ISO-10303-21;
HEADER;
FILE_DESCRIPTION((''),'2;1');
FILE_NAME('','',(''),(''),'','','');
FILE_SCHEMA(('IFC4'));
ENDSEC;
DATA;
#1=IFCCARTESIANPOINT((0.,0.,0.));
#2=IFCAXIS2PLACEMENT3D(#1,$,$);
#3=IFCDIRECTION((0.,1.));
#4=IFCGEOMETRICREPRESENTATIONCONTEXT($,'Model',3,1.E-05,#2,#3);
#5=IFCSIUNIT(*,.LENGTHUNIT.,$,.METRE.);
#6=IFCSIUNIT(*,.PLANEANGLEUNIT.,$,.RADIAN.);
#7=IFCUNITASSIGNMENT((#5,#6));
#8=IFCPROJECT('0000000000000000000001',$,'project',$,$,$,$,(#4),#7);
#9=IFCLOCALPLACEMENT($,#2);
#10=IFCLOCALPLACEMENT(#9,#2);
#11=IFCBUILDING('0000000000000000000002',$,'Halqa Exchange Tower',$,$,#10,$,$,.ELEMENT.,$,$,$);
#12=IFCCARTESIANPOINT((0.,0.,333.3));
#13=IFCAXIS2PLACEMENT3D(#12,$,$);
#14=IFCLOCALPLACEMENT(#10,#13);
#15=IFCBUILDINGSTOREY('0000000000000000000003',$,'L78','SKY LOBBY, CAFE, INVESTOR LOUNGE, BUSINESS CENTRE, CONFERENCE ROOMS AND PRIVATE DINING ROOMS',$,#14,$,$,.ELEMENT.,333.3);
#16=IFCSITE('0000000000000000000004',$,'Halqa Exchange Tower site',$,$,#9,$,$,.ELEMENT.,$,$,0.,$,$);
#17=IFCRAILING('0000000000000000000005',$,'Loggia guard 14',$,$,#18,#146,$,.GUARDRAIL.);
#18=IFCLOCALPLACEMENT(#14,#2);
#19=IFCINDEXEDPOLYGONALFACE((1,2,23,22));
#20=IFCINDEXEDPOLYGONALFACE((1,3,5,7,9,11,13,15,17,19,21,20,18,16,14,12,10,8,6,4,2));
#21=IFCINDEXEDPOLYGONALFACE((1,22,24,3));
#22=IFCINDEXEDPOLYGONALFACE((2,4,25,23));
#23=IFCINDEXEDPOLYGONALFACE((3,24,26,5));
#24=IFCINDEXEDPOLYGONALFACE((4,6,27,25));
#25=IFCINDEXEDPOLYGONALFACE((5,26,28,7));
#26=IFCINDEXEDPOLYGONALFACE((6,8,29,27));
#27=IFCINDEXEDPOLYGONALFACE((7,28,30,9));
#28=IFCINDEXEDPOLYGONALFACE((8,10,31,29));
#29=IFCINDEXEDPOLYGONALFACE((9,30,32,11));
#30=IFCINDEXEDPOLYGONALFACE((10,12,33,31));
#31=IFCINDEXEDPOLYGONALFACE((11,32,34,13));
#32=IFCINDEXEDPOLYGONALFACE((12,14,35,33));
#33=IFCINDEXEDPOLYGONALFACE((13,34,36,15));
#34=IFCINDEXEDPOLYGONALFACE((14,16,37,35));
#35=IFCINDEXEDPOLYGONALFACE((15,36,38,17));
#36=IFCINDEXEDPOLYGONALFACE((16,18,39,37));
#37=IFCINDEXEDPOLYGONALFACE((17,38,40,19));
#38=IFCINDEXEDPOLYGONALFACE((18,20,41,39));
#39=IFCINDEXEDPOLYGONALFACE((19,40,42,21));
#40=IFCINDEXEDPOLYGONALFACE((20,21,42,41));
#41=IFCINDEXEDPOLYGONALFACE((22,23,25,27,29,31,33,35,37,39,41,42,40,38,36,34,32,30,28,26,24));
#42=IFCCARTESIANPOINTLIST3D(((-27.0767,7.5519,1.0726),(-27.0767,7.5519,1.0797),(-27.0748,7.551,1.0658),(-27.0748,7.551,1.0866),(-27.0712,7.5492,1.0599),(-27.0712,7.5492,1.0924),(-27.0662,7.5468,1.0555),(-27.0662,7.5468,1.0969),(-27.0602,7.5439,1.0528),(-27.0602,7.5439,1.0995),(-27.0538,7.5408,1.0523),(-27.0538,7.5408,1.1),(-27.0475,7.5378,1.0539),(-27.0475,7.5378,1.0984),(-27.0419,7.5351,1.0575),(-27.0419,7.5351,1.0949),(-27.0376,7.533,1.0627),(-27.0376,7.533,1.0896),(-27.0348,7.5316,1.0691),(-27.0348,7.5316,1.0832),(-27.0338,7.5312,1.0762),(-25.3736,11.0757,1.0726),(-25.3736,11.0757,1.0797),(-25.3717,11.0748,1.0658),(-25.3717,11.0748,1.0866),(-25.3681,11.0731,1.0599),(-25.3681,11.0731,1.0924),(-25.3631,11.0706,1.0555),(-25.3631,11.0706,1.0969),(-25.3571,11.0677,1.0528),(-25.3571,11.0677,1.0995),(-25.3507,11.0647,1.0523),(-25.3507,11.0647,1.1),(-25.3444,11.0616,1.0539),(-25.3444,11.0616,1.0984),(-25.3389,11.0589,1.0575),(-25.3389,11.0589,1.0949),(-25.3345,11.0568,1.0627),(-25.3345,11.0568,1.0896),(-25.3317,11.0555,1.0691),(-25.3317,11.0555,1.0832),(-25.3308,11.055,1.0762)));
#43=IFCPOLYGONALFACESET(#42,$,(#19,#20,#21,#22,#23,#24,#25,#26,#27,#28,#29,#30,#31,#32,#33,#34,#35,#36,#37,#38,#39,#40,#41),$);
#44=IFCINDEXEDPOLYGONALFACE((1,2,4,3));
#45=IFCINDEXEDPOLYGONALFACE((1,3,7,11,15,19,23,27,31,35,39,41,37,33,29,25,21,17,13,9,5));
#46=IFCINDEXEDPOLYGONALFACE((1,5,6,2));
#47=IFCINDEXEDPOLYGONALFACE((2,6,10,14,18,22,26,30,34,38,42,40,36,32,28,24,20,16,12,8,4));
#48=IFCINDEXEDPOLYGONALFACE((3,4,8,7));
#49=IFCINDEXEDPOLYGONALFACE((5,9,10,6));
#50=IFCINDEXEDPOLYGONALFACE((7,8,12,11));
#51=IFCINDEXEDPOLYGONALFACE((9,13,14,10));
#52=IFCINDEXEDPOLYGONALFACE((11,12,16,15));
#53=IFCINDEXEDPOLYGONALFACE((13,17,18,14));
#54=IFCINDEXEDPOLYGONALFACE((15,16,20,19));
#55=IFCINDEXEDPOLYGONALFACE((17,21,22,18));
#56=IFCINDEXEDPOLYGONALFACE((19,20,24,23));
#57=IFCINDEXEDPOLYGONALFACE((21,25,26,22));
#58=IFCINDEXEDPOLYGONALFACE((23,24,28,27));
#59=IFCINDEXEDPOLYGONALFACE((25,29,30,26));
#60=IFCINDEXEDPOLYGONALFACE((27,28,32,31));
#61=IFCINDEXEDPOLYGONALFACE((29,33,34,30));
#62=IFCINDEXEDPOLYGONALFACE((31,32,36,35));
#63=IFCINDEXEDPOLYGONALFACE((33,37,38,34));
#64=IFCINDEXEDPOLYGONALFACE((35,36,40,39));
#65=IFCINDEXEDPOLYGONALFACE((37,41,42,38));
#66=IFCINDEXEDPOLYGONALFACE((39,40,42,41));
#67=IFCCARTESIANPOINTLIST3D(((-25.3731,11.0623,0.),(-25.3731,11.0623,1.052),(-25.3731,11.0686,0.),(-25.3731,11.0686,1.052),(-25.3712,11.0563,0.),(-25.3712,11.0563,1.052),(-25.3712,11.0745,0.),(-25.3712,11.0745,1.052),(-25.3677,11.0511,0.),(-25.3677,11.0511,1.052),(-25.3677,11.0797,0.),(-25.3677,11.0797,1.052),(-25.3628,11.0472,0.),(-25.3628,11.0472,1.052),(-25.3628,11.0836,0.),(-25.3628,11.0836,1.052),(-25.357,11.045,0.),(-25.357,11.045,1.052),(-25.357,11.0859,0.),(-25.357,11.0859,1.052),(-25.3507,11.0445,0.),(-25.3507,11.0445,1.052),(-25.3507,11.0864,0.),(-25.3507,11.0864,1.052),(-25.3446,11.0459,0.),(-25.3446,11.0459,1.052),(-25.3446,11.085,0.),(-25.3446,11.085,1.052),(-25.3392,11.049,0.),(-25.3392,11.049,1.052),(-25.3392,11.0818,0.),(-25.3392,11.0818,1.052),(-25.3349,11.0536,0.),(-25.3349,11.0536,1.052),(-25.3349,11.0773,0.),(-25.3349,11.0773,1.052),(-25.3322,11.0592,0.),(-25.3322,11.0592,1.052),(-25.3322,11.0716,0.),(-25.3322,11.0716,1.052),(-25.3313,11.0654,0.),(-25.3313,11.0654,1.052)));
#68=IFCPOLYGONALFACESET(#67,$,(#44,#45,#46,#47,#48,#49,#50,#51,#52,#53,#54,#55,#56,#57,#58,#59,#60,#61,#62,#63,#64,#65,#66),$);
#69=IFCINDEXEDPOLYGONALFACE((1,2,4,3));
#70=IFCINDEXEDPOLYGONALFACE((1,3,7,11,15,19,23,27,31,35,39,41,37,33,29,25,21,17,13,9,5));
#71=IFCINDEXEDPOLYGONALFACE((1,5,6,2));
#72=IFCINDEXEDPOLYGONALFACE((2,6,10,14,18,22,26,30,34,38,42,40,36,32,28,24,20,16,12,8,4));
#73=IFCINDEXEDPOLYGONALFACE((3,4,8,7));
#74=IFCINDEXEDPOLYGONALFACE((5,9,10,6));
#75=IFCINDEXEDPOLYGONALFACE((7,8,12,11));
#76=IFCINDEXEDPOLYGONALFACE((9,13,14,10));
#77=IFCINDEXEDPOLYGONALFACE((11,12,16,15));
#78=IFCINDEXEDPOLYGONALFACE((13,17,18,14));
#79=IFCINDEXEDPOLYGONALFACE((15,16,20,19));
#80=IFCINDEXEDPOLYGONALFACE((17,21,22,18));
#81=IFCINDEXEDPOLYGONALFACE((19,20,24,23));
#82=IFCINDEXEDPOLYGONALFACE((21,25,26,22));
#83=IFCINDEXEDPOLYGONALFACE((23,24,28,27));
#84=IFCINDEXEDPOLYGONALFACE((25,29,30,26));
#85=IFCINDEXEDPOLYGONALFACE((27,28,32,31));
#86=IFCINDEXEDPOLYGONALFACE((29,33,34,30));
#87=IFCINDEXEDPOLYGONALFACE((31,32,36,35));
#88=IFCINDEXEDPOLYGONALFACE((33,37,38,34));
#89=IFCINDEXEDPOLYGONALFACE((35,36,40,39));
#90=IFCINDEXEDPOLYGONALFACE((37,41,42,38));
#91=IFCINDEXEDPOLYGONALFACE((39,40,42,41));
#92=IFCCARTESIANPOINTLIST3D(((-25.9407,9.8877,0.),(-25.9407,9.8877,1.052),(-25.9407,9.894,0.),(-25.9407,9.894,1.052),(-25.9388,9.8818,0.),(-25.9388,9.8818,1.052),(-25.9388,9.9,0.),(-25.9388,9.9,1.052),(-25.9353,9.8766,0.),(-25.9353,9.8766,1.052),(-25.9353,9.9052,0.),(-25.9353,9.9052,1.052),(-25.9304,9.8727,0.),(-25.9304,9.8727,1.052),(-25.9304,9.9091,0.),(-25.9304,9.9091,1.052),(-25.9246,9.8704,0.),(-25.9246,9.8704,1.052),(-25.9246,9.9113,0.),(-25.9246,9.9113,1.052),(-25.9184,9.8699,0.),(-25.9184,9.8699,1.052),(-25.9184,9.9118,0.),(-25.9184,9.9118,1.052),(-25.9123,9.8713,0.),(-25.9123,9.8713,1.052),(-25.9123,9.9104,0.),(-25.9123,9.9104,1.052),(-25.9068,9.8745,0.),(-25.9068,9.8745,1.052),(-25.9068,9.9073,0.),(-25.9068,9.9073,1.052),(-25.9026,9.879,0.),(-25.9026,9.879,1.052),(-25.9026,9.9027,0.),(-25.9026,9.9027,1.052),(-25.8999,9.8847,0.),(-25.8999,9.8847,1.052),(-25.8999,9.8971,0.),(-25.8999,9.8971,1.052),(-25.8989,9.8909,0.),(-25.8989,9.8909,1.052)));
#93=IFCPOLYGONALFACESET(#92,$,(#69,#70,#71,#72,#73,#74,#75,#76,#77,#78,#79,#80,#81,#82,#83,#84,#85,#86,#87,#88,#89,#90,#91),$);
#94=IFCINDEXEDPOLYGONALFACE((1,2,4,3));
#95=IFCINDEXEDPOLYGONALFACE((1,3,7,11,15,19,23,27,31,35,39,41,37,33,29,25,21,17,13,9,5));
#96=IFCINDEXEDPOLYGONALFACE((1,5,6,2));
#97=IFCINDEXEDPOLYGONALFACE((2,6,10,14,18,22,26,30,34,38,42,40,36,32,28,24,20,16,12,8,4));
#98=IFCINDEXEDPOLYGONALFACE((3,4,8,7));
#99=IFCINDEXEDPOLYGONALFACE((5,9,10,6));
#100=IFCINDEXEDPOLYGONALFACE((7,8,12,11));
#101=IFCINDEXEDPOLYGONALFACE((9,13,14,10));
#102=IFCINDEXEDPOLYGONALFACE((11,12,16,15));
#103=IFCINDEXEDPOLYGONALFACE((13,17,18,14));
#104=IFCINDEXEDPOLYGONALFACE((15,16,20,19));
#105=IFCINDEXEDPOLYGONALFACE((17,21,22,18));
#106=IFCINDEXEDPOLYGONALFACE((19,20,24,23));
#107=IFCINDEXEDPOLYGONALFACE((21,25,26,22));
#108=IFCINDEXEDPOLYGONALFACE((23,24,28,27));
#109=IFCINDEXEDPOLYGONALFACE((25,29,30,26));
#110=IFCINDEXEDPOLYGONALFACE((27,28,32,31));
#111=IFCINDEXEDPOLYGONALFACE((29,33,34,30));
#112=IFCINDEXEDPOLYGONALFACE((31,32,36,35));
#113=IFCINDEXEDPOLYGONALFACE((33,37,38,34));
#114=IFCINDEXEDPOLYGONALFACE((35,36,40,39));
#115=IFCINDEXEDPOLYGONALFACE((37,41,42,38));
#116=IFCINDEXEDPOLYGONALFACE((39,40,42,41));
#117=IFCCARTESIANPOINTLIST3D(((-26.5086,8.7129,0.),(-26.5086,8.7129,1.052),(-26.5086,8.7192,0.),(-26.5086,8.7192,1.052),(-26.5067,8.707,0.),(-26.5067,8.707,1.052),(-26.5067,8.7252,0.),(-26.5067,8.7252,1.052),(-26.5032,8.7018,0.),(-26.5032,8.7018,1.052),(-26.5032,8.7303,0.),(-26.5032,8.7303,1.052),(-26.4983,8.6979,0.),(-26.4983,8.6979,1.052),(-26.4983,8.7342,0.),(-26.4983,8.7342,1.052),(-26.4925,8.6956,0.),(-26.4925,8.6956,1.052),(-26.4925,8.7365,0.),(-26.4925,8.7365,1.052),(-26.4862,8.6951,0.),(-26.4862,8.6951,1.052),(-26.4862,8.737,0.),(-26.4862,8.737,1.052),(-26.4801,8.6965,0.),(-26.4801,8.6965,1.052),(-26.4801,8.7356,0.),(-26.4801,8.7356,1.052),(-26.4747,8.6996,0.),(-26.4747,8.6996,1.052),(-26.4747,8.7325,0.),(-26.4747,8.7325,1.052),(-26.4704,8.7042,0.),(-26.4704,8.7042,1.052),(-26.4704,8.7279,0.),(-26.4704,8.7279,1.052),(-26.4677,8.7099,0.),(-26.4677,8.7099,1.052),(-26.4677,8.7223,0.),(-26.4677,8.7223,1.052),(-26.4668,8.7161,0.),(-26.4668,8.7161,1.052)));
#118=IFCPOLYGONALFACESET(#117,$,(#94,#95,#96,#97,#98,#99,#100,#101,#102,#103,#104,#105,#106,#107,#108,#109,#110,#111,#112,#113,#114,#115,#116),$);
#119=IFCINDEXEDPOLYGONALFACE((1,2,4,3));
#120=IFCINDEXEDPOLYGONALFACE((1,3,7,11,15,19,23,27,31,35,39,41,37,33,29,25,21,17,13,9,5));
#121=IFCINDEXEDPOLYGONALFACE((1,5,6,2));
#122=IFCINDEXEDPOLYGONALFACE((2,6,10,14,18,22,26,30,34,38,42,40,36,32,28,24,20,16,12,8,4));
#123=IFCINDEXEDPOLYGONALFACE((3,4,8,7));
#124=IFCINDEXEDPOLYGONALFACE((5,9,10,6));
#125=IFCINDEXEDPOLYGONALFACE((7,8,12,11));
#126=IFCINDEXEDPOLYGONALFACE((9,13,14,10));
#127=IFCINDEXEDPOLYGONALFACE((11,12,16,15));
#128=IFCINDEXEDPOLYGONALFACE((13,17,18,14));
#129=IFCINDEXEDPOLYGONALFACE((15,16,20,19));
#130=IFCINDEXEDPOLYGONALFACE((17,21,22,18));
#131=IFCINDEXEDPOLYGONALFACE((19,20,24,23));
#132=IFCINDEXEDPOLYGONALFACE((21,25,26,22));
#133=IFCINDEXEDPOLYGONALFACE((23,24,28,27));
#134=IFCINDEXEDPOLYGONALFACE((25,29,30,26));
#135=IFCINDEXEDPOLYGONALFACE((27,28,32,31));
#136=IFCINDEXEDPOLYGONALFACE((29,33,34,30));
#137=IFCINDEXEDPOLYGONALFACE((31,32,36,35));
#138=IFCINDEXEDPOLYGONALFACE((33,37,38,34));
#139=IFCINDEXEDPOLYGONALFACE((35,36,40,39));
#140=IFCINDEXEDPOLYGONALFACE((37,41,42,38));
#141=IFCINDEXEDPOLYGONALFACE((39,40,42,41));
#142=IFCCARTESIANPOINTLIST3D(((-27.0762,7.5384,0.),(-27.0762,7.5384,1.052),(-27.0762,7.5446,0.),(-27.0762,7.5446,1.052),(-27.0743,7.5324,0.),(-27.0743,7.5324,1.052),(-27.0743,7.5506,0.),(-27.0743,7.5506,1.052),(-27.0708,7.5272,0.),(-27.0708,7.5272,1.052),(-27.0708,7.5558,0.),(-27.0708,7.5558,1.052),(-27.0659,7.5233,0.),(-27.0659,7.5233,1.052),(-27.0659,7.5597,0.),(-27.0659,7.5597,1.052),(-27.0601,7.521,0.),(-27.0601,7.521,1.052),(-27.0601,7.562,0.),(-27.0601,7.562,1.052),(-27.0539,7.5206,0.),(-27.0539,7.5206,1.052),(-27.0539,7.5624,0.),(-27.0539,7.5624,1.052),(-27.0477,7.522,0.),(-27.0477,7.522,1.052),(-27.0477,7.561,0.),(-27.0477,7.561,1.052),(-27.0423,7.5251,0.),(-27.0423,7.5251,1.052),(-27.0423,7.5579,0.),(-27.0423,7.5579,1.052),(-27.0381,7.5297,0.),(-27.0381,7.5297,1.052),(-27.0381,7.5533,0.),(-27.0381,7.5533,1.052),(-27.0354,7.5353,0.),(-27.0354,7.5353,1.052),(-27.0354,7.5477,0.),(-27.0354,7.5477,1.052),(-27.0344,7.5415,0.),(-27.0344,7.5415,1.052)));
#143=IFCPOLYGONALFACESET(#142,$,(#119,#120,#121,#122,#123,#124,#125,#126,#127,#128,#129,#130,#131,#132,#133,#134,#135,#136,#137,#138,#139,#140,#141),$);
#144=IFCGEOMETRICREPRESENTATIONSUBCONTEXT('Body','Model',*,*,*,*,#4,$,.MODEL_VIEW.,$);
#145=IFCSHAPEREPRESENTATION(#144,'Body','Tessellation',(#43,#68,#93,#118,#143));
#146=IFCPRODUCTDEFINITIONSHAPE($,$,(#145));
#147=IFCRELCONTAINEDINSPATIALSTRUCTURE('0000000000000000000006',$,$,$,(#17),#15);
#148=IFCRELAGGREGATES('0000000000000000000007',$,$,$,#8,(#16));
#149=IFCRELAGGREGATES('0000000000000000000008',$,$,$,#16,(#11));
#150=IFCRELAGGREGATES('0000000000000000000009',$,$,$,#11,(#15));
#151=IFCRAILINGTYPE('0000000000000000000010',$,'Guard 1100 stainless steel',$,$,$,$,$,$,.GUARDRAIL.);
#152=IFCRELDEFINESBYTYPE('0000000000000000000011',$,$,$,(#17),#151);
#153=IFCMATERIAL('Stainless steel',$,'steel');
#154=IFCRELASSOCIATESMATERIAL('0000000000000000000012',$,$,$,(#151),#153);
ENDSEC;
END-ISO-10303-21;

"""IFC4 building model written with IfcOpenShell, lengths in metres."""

from ifc_helpers import new_model, si_unit, direction, frame, origin, origin_2d, place, context, subcontext, project, spatial, circle, extrude, material, type_object, element, save


model = new_model("IFC4")

# Units and contexts
model_context = context("Model", 3, precision=1e-05, world=origin(), true_north=direction((0.0, 1.0)))
body_context = subcontext(model_context, "Body", "Model", "MODEL_VIEW")
ifc_project = project(units=[si_unit("LENGTHUNIT", "METRE"), si_unit("PLANEANGLEUNIT", "RADIAN")], contexts=[model_context])

# Site, building, storey
site_placement = place(None, origin())
site = spatial("IfcSite", under=ifc_project, at=site_placement, Name="Halqa Exchange Tower site", CompositionType="ELEMENT", RefElevation=0.0)
building_placement = place(site_placement, origin())
building = spatial("IfcBuilding", under=site, at=building_placement, Name="Halqa Exchange Tower", CompositionType="ELEMENT")
storey_placement = place(building_placement, frame((0.0, 0.0, 333.3)))
storey = spatial("IfcBuildingStorey", under=building, at=storey_placement, Name="L78", Description="SKY LOBBY, CAFE, INVESTOR LOUNGE, BUSINESS CENTRE, CONFERENCE ROOMS AND PRIVATE DINING ROOMS", CompositionType="ELEMENT", Elevation=333.3)

# Railing
ifc_material_1 = material(Name="Stainless steel", Category="steel")
railing_type = type_object("IfcRailingType", Name="Guard 1100 stainless steel", PredefinedType="GUARDRAIL", material=ifc_material_1)
railing_1_placement = place(storey_placement, frame((-25.3523, 11.0654, 0.0)))
element("IfcRailing", 1, at=railing_1_placement, inside=storey, type_object=railing_type, Name="Loggia guard 14", PredefinedType="GUARDRAIL", context=body_context, shape_type="SweptSolid", body=[
    extrude(circle(Radius=0.0239, at=origin_2d()), frame((0.0, 0.0, 1.0762), z_axis=(-0.435147, -0.90036, 0.0), x_axis=(0.90036, -0.435147, 0.0)), (0.0, 0.0, 1.0), 3.9138),
    extrude(circle(Radius=0.021, at=origin_2d()), origin(), (0.0, 0.0, 1.0), 1.052),
    extrude(circle(Radius=0.021, at=origin_2d()), frame((-0.5676, -1.1746, 0.0)), (0.0, 0.0, 1.0), 1.052),
    extrude(circle(Radius=0.021, at=origin_2d()), frame((-1.1355, -2.3494, 0.0)), (0.0, 0.0, 1.0), 1.052),
    extrude(circle(Radius=0.021, at=origin_2d()), frame((-1.7031, -3.5239, 0.0)), (0.0, 0.0, 1.0), 1.052),
])

save(model, "model.ifc")
